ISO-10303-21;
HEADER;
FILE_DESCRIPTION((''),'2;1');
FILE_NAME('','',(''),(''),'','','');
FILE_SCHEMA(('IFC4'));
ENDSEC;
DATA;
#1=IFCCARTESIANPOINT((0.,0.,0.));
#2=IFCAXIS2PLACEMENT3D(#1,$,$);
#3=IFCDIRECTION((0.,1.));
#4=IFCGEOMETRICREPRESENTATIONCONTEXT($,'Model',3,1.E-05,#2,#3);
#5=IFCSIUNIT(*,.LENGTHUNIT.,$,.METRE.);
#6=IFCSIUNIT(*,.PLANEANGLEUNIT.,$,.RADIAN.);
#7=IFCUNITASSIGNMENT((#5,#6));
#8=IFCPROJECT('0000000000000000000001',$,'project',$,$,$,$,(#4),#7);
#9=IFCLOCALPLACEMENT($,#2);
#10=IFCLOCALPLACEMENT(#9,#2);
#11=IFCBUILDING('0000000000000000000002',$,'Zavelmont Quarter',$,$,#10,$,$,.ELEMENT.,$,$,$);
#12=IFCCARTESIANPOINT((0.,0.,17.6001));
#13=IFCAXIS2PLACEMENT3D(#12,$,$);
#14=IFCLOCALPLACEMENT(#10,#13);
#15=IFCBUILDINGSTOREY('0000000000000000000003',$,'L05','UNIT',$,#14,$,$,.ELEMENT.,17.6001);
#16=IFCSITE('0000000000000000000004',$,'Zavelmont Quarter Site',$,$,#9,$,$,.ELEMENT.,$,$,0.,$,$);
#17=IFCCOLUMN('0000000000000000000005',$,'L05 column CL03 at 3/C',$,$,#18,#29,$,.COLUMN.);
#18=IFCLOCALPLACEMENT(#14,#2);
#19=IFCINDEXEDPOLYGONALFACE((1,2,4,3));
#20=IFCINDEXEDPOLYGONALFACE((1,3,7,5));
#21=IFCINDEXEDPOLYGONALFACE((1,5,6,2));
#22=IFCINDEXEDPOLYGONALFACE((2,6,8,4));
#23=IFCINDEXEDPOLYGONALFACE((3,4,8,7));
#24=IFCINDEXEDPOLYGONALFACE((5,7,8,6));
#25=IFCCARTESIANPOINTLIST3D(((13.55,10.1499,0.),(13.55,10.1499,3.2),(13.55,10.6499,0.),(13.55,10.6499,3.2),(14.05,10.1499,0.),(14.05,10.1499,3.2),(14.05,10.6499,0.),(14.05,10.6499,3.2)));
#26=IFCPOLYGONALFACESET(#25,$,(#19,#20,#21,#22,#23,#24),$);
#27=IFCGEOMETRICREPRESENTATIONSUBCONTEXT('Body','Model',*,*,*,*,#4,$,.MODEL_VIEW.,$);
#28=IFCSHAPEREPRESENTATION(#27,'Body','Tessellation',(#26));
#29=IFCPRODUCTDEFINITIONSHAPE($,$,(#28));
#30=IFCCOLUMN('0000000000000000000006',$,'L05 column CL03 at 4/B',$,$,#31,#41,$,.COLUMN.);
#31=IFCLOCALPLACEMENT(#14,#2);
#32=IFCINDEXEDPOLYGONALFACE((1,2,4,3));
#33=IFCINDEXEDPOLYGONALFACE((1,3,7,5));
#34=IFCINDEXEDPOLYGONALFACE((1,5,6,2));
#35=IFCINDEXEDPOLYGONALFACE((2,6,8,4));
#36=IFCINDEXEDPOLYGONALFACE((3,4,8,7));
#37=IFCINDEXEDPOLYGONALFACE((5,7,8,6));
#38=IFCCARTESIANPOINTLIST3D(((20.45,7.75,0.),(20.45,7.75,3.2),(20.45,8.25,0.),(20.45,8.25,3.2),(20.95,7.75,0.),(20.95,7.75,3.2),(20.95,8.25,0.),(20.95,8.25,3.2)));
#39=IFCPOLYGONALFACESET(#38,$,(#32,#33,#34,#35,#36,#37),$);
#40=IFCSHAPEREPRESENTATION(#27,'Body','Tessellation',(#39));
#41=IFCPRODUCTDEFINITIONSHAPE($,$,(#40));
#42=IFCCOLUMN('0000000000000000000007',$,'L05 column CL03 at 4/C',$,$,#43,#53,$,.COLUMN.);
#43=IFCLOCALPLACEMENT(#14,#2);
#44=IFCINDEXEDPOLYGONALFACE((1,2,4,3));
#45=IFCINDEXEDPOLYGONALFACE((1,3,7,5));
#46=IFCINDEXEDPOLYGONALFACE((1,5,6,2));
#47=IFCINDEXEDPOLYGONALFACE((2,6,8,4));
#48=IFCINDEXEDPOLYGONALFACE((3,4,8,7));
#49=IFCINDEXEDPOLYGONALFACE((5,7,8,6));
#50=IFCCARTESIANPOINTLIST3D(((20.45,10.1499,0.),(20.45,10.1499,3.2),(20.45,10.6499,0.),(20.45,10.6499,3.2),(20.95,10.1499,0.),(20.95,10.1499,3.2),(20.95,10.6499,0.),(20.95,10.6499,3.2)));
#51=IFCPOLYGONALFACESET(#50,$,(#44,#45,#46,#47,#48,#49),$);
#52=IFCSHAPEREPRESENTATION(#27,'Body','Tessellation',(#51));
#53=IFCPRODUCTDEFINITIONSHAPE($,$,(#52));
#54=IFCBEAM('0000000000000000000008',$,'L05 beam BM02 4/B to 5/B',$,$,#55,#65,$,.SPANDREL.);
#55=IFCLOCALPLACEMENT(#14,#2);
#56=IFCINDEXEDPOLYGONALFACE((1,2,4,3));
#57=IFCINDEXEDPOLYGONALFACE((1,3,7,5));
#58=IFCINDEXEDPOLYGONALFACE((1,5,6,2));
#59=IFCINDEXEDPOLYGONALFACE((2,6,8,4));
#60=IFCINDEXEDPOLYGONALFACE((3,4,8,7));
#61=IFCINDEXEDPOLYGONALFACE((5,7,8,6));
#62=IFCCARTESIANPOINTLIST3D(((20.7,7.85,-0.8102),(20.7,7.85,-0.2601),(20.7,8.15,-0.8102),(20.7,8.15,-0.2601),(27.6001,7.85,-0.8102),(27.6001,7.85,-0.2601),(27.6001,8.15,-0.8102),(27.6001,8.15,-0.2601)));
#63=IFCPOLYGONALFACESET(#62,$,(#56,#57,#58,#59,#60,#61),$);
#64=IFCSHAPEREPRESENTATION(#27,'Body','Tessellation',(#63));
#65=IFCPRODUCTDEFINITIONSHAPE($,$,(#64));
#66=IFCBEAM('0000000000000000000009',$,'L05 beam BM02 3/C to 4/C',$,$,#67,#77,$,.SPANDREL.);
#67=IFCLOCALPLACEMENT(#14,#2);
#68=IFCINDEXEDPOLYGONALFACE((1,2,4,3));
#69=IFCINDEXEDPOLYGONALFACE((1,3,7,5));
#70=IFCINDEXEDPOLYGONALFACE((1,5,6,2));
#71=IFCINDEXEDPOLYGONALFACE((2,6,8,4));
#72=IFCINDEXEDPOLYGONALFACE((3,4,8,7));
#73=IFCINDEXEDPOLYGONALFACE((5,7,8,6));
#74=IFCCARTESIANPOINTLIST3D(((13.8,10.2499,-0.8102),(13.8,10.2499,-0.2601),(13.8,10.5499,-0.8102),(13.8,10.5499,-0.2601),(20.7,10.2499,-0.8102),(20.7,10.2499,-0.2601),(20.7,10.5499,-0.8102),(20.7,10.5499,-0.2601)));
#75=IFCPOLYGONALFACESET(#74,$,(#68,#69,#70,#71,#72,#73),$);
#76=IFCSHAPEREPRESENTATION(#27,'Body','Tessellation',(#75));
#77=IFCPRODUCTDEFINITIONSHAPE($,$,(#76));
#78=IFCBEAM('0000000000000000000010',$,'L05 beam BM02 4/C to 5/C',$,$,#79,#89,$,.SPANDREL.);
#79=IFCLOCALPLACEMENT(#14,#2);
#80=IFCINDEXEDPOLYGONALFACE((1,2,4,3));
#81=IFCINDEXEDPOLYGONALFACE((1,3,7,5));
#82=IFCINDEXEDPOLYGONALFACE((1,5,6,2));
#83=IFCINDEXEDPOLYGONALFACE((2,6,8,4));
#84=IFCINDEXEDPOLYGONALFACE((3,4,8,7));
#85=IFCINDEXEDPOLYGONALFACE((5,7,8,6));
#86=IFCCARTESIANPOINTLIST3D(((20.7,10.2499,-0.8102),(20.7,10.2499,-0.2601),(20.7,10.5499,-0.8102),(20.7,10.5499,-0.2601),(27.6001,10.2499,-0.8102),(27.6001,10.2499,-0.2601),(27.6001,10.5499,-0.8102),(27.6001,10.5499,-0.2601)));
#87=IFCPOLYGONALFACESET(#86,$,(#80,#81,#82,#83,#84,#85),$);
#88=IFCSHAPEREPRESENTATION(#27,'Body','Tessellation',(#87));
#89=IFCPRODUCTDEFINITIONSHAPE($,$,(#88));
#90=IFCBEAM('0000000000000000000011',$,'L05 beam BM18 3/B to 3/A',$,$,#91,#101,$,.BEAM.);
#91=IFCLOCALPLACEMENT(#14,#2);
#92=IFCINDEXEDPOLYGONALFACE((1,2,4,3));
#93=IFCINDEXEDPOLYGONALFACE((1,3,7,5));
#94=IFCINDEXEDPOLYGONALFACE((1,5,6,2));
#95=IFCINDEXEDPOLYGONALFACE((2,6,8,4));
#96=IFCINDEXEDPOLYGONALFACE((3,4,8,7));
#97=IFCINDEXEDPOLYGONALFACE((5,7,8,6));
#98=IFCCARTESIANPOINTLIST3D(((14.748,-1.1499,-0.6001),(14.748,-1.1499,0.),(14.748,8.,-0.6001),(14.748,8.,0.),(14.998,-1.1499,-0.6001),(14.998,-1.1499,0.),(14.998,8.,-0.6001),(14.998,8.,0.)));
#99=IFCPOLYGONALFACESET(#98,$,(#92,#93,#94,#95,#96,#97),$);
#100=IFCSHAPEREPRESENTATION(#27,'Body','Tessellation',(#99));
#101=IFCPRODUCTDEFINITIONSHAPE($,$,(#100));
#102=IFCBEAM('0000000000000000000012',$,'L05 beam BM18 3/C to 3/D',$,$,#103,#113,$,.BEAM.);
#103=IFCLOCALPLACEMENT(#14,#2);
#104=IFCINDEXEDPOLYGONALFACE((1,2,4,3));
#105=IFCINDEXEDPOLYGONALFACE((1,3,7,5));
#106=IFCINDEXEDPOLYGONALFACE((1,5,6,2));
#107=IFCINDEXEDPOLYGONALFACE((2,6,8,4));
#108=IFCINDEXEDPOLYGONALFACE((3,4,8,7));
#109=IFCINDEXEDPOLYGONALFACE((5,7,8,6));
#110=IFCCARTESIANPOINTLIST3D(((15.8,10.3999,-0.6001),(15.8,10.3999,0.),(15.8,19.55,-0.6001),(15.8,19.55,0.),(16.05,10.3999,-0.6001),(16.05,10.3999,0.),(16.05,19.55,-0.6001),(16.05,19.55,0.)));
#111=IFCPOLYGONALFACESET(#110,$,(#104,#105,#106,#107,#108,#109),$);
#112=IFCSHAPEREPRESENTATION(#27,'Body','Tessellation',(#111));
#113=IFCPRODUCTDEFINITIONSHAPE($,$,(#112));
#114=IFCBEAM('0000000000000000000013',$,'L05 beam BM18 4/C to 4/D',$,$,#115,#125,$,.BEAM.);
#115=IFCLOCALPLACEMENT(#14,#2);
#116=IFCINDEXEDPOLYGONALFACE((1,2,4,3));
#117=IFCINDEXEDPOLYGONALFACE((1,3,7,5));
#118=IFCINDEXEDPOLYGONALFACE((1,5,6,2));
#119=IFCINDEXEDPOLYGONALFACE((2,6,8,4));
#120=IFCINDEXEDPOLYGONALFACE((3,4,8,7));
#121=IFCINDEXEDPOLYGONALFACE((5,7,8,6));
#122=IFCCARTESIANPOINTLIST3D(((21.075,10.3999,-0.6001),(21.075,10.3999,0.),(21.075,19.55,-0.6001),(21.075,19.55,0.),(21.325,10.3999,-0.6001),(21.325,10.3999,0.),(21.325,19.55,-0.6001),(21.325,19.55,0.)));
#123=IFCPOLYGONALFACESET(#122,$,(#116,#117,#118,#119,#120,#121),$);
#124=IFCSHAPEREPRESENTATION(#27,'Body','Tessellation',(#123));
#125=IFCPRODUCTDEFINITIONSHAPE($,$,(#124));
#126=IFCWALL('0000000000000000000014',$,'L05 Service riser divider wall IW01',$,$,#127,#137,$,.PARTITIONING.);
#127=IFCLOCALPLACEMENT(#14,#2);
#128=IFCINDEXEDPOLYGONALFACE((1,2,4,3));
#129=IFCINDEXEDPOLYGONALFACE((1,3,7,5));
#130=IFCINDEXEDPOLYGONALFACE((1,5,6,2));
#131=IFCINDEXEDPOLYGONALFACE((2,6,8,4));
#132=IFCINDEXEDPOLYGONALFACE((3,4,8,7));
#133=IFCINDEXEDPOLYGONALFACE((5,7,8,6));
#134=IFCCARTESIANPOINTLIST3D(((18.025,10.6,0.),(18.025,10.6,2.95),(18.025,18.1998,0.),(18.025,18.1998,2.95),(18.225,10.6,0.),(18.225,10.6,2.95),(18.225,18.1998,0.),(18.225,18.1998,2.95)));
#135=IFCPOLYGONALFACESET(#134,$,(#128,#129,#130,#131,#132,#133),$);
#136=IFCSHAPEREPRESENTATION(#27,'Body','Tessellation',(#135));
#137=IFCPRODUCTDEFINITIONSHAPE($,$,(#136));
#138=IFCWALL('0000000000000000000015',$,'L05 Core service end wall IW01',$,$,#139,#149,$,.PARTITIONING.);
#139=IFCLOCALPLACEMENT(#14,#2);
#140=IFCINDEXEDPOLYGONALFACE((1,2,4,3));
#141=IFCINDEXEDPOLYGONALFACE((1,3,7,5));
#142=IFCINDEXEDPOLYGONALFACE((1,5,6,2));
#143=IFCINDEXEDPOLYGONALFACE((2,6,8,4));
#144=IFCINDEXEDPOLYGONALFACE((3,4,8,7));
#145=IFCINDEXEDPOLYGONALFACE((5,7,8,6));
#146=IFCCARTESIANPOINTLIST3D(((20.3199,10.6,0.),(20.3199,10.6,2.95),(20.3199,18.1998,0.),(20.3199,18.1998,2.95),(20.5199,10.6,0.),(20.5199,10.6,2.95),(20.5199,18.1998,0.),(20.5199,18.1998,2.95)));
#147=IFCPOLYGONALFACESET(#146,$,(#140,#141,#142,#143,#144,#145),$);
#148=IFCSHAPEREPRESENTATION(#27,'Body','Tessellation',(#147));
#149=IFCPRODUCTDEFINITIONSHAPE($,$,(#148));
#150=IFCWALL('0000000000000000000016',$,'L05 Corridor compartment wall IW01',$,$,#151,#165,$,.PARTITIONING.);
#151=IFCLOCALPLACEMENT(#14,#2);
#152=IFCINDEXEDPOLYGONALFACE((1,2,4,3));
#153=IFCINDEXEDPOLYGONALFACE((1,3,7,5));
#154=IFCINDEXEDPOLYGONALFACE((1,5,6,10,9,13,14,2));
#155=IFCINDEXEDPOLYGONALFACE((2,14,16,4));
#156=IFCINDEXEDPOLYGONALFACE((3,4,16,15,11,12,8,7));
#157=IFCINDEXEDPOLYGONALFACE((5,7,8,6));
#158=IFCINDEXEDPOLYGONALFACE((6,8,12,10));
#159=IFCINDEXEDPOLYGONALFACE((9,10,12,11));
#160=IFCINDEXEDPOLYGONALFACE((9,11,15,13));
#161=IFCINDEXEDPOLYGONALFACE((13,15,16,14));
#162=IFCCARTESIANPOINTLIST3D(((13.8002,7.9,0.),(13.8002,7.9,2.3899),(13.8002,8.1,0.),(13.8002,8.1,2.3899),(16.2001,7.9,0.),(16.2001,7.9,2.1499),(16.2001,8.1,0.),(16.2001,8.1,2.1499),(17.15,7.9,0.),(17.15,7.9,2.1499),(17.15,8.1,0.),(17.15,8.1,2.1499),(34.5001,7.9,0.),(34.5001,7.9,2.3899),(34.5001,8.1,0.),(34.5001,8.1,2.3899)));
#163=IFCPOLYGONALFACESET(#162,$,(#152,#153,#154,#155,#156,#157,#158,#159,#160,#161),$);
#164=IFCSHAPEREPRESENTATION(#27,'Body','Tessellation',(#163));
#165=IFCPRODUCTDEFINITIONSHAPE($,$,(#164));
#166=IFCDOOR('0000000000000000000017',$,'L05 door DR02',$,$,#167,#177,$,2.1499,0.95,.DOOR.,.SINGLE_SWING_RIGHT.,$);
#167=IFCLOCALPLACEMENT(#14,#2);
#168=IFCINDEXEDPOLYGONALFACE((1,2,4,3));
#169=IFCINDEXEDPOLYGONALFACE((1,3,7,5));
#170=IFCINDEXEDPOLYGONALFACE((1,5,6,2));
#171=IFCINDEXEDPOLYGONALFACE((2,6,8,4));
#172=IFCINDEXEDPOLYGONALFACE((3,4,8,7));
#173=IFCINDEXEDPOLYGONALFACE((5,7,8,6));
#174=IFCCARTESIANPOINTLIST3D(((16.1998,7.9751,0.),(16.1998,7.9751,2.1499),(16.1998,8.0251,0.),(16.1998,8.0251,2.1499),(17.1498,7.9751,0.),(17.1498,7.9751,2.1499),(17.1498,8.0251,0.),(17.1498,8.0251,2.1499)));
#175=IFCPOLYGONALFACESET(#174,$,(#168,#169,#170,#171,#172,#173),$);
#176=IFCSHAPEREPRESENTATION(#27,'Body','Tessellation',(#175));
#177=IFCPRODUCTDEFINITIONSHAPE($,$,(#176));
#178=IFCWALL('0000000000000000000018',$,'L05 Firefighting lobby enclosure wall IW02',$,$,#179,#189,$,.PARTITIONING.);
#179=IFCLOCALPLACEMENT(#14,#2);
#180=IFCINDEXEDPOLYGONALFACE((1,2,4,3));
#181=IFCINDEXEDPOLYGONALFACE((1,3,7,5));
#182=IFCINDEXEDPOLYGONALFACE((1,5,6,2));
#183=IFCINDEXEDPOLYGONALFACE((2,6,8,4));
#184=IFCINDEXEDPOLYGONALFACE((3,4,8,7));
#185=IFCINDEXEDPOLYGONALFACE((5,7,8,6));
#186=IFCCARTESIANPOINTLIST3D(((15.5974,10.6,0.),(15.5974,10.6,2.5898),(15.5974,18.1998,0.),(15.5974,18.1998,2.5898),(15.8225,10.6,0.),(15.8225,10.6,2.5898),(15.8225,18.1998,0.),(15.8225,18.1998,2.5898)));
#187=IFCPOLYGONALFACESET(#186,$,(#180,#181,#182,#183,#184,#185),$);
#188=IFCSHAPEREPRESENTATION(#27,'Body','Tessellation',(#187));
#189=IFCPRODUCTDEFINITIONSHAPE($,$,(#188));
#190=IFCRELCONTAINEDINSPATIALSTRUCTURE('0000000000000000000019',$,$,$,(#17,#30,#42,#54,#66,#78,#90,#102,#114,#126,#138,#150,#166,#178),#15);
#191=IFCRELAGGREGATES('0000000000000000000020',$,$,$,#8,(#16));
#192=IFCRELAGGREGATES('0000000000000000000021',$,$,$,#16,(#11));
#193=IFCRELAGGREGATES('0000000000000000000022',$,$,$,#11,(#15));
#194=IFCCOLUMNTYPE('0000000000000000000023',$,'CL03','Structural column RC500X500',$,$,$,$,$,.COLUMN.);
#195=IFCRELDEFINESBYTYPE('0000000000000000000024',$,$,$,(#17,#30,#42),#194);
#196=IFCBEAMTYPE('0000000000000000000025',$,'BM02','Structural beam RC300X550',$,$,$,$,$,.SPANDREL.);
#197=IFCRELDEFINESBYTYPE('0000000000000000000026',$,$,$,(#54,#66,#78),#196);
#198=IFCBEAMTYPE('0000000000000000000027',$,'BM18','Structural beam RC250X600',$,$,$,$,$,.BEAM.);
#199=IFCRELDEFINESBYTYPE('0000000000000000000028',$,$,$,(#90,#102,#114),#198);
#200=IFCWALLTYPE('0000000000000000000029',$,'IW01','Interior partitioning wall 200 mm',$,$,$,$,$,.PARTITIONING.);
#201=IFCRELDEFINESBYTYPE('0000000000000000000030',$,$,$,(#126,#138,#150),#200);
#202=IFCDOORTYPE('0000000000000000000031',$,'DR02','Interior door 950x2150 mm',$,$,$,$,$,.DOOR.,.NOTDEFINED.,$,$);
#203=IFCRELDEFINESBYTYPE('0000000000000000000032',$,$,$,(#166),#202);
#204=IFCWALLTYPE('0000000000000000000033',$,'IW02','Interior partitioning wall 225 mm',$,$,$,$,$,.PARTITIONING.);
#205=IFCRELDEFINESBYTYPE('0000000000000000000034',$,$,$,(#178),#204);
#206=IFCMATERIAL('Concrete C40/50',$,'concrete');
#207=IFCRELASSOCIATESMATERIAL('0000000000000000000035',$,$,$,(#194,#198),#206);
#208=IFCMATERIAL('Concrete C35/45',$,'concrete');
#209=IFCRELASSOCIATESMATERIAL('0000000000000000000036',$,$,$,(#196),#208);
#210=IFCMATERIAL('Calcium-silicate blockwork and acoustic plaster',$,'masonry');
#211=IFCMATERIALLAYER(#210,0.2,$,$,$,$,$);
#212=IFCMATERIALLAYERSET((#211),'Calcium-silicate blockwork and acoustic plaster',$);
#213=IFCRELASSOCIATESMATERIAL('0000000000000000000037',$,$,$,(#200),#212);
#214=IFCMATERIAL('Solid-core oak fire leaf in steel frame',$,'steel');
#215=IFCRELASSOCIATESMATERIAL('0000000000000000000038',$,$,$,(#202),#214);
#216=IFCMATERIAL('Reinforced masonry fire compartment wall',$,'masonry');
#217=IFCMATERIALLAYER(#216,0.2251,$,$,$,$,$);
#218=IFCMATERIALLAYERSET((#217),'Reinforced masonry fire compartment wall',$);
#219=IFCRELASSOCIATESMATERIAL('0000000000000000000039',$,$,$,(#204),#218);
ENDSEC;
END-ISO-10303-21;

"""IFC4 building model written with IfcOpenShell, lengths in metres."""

from ifc_helpers import new_model, si_unit, direction, frame, frame_2d, origin, origin_2d, place, context, subcontext, project, spatial, rectangle, extrude, material, layer, layer_set, material_profile, profile_set, type_object, element, fill, save


model = new_model("IFC4")

# Units and contexts
model_context = context("Model", 3, precision=1e-05, world=origin(), true_north=direction((0.0, 1.0)))
body_context = subcontext(model_context, "Body", "Model", "MODEL_VIEW")
ifc_project = project(units=[si_unit("LENGTHUNIT", "METRE"), si_unit("PLANEANGLEUNIT", "RADIAN")], contexts=[model_context])

# Site, building, storey
site_placement = place(None, origin())
site = spatial("IfcSite", under=ifc_project, at=site_placement, Name="Zavelmont Quarter Site", CompositionType="ELEMENT", RefElevation=0.0)
building_placement = place(site_placement, origin())
building = spatial("IfcBuilding", under=site, at=building_placement, Name="Zavelmont Quarter", CompositionType="ELEMENT")
storey_placement = place(building_placement, frame((0.0, 0.0, 17.6001)))
storey = spatial("IfcBuildingStorey", under=building, at=storey_placement, Name="L05", Description="UNIT", CompositionType="ELEMENT", Elevation=17.6001)

# Columns
ifc_material_1 = material(Name="Concrete C40/50", Category="concrete")
ifc_material_profile_1 = material_profile(ifc_material_1, rectangle(XDim=0.5, YDim=0.5, at=origin_2d()), Name="RC500X500")
ifc_profile_set_1 = profile_set([ifc_material_profile_1], Name="Concrete C40/50")
column_type = type_object("IfcColumnType", Name="CL03", Description="Structural column RC500X500", PredefinedType="COLUMN", material=ifc_profile_set_1)
for number, where, z_axis, x_axis, name in (
    (1, (13.8, 10.3999, 0.0), (0.0, 0.0, 1.0), (1.0, 0.0, 0.0), "L05 column CL03 at 3/C"),
    (2, (20.7, 8.0, 0.0), (0.0, 0.0, 1.0), (1.0, 0.0, 0.0), "L05 column CL03 at 4/B"),
    (3, (20.7, 10.3999, 0.0), (0.0, 0.0, 1.0), (1.0, 0.0, 0.0), "L05 column CL03 at 4/C"),
):
    element("IfcColumn", number, at=place(storey_placement, frame(where, z_axis=z_axis, x_axis=x_axis)), inside=storey, type_object=column_type, Name=name, PredefinedType="COLUMN", context=body_context, shape_type="SweptSolid", body=[
        extrude(rectangle(XDim=0.5, YDim=0.5, at=origin_2d()), origin(), (0.0, 0.0, 1.0), 3.2),
    ])

# Beams
ifc_material_2 = material(Name="Concrete C35/45", Category="concrete")
ifc_material_profile_2 = material_profile(ifc_material_2, rectangle(XDim=0.3, YDim=0.55, at=origin_2d()), Name="RC300X550")
ifc_profile_set_2 = profile_set([ifc_material_profile_2], Name="Concrete C35/45")
beam_type_1 = type_object("IfcBeamType", Name="BM02", Description="Structural beam RC300X550", PredefinedType="SPANDREL", material=ifc_profile_set_2)
beam_1_placement = place(storey_placement, frame((20.7, 8.0, -0.5352), z_axis=(1.0, 0.0, 0.0), x_axis=(0.0, 1.0, 0.0)))
element("IfcBeam", 4, at=beam_1_placement, inside=storey, type_object=beam_type_1, Name="L05 beam BM02 4/B to 5/B", PredefinedType="SPANDREL", context=body_context, shape_type="SweptSolid", body=[
    extrude(rectangle(XDim=0.3, YDim=0.55, at=origin_2d()), origin(), (0.0, 0.0, 1.0), 6.9001),
])
beam_2_placement = place(storey_placement, frame((13.8, 10.3999, -0.5352), z_axis=(1.0, 0.0, 0.0), x_axis=(0.0, 1.0, 0.0)))
element("IfcBeam", 5, at=beam_2_placement, inside=storey, type_object=beam_type_1, Name="L05 beam BM02 3/C to 4/C", PredefinedType="SPANDREL", context=body_context, shape_type="SweptSolid", body=[
    extrude(rectangle(XDim=0.3, YDim=0.55, at=origin_2d()), origin(), (0.0, 0.0, 1.0), 6.8999),
])
beam_3_placement = place(storey_placement, frame((20.7, 10.3999, -0.5352), z_axis=(1.0, 0.0, 0.0), x_axis=(0.0, 1.0, 0.0)))
element("IfcBeam", 6, at=beam_3_placement, inside=storey, type_object=beam_type_1, Name="L05 beam BM02 4/C to 5/C", PredefinedType="SPANDREL", context=body_context, shape_type="SweptSolid", body=[
    extrude(rectangle(XDim=0.3, YDim=0.55, at=origin_2d()), origin(), (0.0, 0.0, 1.0), 6.9001),
])
ifc_material_profile_3 = material_profile(ifc_material_1, rectangle(XDim=0.25, YDim=0.6001, at=origin_2d()), Name="RC250X600")
ifc_profile_set_3 = profile_set([ifc_material_profile_3], Name="Concrete C40/50")
beam_type_2 = type_object("IfcBeamType", Name="BM18", Description="Structural beam RC250X600", PredefinedType="BEAM", material=ifc_profile_set_3)
beam_4_placement = place(storey_placement, frame((14.873, 8.0, -0.3), z_axis=(0.0, -1.0, 0.0), x_axis=(1.0, 0.0, 0.0)))
element("IfcBeam", 7, at=beam_4_placement, inside=storey, type_object=beam_type_2, Name="L05 beam BM18 3/B to 3/A", PredefinedType="BEAM", context=body_context, shape_type="SweptSolid", body=[
    extrude(rectangle(XDim=0.25, YDim=0.6001, at=origin_2d()), origin(), (0.0, 0.0, 1.0), 9.1499),
])
for number, where, z_axis, x_axis, name in (
    (8, (15.925, 10.3999, -0.3), (0.0, 1.0, 0.0), (-1.0, 0.0, 0.0), "L05 beam BM18 3/C to 3/D"),
    (9, (21.2, 10.3999, -0.3), (0.0, 1.0, 0.0), (-1.0, 0.0, 0.0), "L05 beam BM18 4/C to 4/D"),
):
    element("IfcBeam", number, at=place(storey_placement, frame(where, z_axis=z_axis, x_axis=x_axis)), inside=storey, type_object=beam_type_2, Name=name, PredefinedType="BEAM", context=body_context, shape_type="SweptSolid", body=[
        extrude(rectangle(XDim=0.25, YDim=0.6001, at=origin_2d()), origin(), (0.0, 0.0, 1.0), 9.1501),
    ])

# Walls
ifc_material_3 = material(Name="Calcium-silicate blockwork and acoustic plaster", Category="masonry")
ifc_layer_1 = layer(ifc_material_3, 0.2)
ifc_layer_set_1 = layer_set([ifc_layer_1], Name="Calcium-silicate blockwork and acoustic plaster")
wall_type_1 = type_object("IfcWallType", Name="IW01", Description="Interior partitioning wall 200 mm", PredefinedType="PARTITIONING", material=ifc_layer_set_1)
for number, where, z_axis, x_axis, name in (
    (10, (18.125, 10.6001, 0.0), (0.0, 0.0, 1.0), (0.0, 1.0, 0.0), "L05 Service riser divider wall IW01"),
    (11, (20.4199, 10.6001, 0.0), (0.0, 0.0, 1.0), (0.0, 1.0, 0.0), "L05 Core service end wall IW01"),
):
    element("IfcWall", number, at=place(storey_placement, frame(where, z_axis=z_axis, x_axis=x_axis)), inside=storey, type_object=wall_type_1, Name=name, PredefinedType="PARTITIONING", context=body_context, shape_type="SweptSolid", body=[
        extrude(rectangle(XDim=7.5999, YDim=0.2, at=frame_2d((3.7998, 0.0))), origin(), (0.0, 0.0, 1.0), 2.95),
    ])

# Wall, opening, door
wall_1_placement = place(storey_placement, frame((13.8, 8.0, 0.0), z_axis=(0.0, 0.0, 1.0), x_axis=(1.0, 0.0, 0.0)))
wall_1 = element("IfcWall", 12, at=wall_1_placement, inside=storey, type_object=wall_type_1, Name="L05 Corridor compartment wall IW01", PredefinedType="PARTITIONING", context=body_context, shape_type="SweptSolid", body=[
    extrude(rectangle(XDim=20.7, YDim=0.2, at=frame_2d((10.3501, 0.0))), origin(), (0.0, 0.0, 1.0), 2.3899),
])
opening_1_placement = place(wall_1_placement, frame((2.3999, 0.0, 0.0)))
opening_1 = element("IfcOpeningElement", 13, at=opening_1_placement, cuts=wall_1, PredefinedType="OPENING", context=body_context, shape_type="SweptSolid", body=[
    extrude(rectangle(XDim=0.95, YDim=2.1499, at=frame_2d((0.4751, 1.075))), frame((0.0, 0.1118, 0.0), z_axis=(0.0, -1.0, 0.0), x_axis=(1.0, 0.0, 0.0)), (0.0, 0.0, 1.0), 0.2239),
])
ifc_material_4 = material(Name="Solid-core oak fire leaf in steel frame", Category="steel")
door_type_1 = type_object("IfcDoorType", Name="DR02", Description="Interior door 950x2150 mm", OperationType="NOTDEFINED", PredefinedType="DOOR", material=ifc_material_4)
door_1_placement = place(opening_1_placement, frame((0.95, 0.0, 0.0), z_axis=(0.0, 0.0, 1.0), x_axis=(-1.0, 0.0, 0.0)))
door_1 = element("IfcDoor", 14, at=door_1_placement, inside=storey, type_object=door_type_1, Name="L05 door DR02", OperationType="SINGLE_SWING_RIGHT", OverallHeight=2.1499, OverallWidth=0.95, PredefinedType="DOOR", context=body_context, shape_type="SweptSolid", body=[
    extrude(rectangle(XDim=0.95, YDim=2.1499, at=frame_2d((0.4751, 1.075))), frame((0.0, 0.0249, 0.0), z_axis=(0.0, -1.0, 0.0), x_axis=(1.0, 0.0, 0.0)), (0.0, 0.0, 1.0), 0.05),
])
fill(opening_1, door_1)

# Wall
ifc_material_5 = material(Name="Reinforced masonry fire compartment wall", Category="masonry")
ifc_layer_2 = layer(ifc_material_5, 0.2251)
ifc_layer_set_2 = layer_set([ifc_layer_2], Name="Reinforced masonry fire compartment wall")
wall_type_2 = type_object("IfcWallType", Name="IW02", Description="Interior partitioning wall 225 mm", PredefinedType="PARTITIONING", material=ifc_layer_set_2)
wall_2_placement = place(storey_placement, frame((15.71, 10.6001, 0.0), z_axis=(0.0, 0.0, 1.0), x_axis=(0.0, 1.0, 0.0)))
element("IfcWall", 15, at=wall_2_placement, inside=storey, type_object=wall_type_2, Name="L05 Firefighting lobby enclosure wall IW02", PredefinedType="PARTITIONING", context=body_context, shape_type="SweptSolid", body=[
    extrude(rectangle(XDim=7.5999, YDim=0.2251, at=frame_2d((3.7998, 0.0))), origin(), (0.0, 0.0, 1.0), 2.5898),
])

save(model, "model.ifc")
